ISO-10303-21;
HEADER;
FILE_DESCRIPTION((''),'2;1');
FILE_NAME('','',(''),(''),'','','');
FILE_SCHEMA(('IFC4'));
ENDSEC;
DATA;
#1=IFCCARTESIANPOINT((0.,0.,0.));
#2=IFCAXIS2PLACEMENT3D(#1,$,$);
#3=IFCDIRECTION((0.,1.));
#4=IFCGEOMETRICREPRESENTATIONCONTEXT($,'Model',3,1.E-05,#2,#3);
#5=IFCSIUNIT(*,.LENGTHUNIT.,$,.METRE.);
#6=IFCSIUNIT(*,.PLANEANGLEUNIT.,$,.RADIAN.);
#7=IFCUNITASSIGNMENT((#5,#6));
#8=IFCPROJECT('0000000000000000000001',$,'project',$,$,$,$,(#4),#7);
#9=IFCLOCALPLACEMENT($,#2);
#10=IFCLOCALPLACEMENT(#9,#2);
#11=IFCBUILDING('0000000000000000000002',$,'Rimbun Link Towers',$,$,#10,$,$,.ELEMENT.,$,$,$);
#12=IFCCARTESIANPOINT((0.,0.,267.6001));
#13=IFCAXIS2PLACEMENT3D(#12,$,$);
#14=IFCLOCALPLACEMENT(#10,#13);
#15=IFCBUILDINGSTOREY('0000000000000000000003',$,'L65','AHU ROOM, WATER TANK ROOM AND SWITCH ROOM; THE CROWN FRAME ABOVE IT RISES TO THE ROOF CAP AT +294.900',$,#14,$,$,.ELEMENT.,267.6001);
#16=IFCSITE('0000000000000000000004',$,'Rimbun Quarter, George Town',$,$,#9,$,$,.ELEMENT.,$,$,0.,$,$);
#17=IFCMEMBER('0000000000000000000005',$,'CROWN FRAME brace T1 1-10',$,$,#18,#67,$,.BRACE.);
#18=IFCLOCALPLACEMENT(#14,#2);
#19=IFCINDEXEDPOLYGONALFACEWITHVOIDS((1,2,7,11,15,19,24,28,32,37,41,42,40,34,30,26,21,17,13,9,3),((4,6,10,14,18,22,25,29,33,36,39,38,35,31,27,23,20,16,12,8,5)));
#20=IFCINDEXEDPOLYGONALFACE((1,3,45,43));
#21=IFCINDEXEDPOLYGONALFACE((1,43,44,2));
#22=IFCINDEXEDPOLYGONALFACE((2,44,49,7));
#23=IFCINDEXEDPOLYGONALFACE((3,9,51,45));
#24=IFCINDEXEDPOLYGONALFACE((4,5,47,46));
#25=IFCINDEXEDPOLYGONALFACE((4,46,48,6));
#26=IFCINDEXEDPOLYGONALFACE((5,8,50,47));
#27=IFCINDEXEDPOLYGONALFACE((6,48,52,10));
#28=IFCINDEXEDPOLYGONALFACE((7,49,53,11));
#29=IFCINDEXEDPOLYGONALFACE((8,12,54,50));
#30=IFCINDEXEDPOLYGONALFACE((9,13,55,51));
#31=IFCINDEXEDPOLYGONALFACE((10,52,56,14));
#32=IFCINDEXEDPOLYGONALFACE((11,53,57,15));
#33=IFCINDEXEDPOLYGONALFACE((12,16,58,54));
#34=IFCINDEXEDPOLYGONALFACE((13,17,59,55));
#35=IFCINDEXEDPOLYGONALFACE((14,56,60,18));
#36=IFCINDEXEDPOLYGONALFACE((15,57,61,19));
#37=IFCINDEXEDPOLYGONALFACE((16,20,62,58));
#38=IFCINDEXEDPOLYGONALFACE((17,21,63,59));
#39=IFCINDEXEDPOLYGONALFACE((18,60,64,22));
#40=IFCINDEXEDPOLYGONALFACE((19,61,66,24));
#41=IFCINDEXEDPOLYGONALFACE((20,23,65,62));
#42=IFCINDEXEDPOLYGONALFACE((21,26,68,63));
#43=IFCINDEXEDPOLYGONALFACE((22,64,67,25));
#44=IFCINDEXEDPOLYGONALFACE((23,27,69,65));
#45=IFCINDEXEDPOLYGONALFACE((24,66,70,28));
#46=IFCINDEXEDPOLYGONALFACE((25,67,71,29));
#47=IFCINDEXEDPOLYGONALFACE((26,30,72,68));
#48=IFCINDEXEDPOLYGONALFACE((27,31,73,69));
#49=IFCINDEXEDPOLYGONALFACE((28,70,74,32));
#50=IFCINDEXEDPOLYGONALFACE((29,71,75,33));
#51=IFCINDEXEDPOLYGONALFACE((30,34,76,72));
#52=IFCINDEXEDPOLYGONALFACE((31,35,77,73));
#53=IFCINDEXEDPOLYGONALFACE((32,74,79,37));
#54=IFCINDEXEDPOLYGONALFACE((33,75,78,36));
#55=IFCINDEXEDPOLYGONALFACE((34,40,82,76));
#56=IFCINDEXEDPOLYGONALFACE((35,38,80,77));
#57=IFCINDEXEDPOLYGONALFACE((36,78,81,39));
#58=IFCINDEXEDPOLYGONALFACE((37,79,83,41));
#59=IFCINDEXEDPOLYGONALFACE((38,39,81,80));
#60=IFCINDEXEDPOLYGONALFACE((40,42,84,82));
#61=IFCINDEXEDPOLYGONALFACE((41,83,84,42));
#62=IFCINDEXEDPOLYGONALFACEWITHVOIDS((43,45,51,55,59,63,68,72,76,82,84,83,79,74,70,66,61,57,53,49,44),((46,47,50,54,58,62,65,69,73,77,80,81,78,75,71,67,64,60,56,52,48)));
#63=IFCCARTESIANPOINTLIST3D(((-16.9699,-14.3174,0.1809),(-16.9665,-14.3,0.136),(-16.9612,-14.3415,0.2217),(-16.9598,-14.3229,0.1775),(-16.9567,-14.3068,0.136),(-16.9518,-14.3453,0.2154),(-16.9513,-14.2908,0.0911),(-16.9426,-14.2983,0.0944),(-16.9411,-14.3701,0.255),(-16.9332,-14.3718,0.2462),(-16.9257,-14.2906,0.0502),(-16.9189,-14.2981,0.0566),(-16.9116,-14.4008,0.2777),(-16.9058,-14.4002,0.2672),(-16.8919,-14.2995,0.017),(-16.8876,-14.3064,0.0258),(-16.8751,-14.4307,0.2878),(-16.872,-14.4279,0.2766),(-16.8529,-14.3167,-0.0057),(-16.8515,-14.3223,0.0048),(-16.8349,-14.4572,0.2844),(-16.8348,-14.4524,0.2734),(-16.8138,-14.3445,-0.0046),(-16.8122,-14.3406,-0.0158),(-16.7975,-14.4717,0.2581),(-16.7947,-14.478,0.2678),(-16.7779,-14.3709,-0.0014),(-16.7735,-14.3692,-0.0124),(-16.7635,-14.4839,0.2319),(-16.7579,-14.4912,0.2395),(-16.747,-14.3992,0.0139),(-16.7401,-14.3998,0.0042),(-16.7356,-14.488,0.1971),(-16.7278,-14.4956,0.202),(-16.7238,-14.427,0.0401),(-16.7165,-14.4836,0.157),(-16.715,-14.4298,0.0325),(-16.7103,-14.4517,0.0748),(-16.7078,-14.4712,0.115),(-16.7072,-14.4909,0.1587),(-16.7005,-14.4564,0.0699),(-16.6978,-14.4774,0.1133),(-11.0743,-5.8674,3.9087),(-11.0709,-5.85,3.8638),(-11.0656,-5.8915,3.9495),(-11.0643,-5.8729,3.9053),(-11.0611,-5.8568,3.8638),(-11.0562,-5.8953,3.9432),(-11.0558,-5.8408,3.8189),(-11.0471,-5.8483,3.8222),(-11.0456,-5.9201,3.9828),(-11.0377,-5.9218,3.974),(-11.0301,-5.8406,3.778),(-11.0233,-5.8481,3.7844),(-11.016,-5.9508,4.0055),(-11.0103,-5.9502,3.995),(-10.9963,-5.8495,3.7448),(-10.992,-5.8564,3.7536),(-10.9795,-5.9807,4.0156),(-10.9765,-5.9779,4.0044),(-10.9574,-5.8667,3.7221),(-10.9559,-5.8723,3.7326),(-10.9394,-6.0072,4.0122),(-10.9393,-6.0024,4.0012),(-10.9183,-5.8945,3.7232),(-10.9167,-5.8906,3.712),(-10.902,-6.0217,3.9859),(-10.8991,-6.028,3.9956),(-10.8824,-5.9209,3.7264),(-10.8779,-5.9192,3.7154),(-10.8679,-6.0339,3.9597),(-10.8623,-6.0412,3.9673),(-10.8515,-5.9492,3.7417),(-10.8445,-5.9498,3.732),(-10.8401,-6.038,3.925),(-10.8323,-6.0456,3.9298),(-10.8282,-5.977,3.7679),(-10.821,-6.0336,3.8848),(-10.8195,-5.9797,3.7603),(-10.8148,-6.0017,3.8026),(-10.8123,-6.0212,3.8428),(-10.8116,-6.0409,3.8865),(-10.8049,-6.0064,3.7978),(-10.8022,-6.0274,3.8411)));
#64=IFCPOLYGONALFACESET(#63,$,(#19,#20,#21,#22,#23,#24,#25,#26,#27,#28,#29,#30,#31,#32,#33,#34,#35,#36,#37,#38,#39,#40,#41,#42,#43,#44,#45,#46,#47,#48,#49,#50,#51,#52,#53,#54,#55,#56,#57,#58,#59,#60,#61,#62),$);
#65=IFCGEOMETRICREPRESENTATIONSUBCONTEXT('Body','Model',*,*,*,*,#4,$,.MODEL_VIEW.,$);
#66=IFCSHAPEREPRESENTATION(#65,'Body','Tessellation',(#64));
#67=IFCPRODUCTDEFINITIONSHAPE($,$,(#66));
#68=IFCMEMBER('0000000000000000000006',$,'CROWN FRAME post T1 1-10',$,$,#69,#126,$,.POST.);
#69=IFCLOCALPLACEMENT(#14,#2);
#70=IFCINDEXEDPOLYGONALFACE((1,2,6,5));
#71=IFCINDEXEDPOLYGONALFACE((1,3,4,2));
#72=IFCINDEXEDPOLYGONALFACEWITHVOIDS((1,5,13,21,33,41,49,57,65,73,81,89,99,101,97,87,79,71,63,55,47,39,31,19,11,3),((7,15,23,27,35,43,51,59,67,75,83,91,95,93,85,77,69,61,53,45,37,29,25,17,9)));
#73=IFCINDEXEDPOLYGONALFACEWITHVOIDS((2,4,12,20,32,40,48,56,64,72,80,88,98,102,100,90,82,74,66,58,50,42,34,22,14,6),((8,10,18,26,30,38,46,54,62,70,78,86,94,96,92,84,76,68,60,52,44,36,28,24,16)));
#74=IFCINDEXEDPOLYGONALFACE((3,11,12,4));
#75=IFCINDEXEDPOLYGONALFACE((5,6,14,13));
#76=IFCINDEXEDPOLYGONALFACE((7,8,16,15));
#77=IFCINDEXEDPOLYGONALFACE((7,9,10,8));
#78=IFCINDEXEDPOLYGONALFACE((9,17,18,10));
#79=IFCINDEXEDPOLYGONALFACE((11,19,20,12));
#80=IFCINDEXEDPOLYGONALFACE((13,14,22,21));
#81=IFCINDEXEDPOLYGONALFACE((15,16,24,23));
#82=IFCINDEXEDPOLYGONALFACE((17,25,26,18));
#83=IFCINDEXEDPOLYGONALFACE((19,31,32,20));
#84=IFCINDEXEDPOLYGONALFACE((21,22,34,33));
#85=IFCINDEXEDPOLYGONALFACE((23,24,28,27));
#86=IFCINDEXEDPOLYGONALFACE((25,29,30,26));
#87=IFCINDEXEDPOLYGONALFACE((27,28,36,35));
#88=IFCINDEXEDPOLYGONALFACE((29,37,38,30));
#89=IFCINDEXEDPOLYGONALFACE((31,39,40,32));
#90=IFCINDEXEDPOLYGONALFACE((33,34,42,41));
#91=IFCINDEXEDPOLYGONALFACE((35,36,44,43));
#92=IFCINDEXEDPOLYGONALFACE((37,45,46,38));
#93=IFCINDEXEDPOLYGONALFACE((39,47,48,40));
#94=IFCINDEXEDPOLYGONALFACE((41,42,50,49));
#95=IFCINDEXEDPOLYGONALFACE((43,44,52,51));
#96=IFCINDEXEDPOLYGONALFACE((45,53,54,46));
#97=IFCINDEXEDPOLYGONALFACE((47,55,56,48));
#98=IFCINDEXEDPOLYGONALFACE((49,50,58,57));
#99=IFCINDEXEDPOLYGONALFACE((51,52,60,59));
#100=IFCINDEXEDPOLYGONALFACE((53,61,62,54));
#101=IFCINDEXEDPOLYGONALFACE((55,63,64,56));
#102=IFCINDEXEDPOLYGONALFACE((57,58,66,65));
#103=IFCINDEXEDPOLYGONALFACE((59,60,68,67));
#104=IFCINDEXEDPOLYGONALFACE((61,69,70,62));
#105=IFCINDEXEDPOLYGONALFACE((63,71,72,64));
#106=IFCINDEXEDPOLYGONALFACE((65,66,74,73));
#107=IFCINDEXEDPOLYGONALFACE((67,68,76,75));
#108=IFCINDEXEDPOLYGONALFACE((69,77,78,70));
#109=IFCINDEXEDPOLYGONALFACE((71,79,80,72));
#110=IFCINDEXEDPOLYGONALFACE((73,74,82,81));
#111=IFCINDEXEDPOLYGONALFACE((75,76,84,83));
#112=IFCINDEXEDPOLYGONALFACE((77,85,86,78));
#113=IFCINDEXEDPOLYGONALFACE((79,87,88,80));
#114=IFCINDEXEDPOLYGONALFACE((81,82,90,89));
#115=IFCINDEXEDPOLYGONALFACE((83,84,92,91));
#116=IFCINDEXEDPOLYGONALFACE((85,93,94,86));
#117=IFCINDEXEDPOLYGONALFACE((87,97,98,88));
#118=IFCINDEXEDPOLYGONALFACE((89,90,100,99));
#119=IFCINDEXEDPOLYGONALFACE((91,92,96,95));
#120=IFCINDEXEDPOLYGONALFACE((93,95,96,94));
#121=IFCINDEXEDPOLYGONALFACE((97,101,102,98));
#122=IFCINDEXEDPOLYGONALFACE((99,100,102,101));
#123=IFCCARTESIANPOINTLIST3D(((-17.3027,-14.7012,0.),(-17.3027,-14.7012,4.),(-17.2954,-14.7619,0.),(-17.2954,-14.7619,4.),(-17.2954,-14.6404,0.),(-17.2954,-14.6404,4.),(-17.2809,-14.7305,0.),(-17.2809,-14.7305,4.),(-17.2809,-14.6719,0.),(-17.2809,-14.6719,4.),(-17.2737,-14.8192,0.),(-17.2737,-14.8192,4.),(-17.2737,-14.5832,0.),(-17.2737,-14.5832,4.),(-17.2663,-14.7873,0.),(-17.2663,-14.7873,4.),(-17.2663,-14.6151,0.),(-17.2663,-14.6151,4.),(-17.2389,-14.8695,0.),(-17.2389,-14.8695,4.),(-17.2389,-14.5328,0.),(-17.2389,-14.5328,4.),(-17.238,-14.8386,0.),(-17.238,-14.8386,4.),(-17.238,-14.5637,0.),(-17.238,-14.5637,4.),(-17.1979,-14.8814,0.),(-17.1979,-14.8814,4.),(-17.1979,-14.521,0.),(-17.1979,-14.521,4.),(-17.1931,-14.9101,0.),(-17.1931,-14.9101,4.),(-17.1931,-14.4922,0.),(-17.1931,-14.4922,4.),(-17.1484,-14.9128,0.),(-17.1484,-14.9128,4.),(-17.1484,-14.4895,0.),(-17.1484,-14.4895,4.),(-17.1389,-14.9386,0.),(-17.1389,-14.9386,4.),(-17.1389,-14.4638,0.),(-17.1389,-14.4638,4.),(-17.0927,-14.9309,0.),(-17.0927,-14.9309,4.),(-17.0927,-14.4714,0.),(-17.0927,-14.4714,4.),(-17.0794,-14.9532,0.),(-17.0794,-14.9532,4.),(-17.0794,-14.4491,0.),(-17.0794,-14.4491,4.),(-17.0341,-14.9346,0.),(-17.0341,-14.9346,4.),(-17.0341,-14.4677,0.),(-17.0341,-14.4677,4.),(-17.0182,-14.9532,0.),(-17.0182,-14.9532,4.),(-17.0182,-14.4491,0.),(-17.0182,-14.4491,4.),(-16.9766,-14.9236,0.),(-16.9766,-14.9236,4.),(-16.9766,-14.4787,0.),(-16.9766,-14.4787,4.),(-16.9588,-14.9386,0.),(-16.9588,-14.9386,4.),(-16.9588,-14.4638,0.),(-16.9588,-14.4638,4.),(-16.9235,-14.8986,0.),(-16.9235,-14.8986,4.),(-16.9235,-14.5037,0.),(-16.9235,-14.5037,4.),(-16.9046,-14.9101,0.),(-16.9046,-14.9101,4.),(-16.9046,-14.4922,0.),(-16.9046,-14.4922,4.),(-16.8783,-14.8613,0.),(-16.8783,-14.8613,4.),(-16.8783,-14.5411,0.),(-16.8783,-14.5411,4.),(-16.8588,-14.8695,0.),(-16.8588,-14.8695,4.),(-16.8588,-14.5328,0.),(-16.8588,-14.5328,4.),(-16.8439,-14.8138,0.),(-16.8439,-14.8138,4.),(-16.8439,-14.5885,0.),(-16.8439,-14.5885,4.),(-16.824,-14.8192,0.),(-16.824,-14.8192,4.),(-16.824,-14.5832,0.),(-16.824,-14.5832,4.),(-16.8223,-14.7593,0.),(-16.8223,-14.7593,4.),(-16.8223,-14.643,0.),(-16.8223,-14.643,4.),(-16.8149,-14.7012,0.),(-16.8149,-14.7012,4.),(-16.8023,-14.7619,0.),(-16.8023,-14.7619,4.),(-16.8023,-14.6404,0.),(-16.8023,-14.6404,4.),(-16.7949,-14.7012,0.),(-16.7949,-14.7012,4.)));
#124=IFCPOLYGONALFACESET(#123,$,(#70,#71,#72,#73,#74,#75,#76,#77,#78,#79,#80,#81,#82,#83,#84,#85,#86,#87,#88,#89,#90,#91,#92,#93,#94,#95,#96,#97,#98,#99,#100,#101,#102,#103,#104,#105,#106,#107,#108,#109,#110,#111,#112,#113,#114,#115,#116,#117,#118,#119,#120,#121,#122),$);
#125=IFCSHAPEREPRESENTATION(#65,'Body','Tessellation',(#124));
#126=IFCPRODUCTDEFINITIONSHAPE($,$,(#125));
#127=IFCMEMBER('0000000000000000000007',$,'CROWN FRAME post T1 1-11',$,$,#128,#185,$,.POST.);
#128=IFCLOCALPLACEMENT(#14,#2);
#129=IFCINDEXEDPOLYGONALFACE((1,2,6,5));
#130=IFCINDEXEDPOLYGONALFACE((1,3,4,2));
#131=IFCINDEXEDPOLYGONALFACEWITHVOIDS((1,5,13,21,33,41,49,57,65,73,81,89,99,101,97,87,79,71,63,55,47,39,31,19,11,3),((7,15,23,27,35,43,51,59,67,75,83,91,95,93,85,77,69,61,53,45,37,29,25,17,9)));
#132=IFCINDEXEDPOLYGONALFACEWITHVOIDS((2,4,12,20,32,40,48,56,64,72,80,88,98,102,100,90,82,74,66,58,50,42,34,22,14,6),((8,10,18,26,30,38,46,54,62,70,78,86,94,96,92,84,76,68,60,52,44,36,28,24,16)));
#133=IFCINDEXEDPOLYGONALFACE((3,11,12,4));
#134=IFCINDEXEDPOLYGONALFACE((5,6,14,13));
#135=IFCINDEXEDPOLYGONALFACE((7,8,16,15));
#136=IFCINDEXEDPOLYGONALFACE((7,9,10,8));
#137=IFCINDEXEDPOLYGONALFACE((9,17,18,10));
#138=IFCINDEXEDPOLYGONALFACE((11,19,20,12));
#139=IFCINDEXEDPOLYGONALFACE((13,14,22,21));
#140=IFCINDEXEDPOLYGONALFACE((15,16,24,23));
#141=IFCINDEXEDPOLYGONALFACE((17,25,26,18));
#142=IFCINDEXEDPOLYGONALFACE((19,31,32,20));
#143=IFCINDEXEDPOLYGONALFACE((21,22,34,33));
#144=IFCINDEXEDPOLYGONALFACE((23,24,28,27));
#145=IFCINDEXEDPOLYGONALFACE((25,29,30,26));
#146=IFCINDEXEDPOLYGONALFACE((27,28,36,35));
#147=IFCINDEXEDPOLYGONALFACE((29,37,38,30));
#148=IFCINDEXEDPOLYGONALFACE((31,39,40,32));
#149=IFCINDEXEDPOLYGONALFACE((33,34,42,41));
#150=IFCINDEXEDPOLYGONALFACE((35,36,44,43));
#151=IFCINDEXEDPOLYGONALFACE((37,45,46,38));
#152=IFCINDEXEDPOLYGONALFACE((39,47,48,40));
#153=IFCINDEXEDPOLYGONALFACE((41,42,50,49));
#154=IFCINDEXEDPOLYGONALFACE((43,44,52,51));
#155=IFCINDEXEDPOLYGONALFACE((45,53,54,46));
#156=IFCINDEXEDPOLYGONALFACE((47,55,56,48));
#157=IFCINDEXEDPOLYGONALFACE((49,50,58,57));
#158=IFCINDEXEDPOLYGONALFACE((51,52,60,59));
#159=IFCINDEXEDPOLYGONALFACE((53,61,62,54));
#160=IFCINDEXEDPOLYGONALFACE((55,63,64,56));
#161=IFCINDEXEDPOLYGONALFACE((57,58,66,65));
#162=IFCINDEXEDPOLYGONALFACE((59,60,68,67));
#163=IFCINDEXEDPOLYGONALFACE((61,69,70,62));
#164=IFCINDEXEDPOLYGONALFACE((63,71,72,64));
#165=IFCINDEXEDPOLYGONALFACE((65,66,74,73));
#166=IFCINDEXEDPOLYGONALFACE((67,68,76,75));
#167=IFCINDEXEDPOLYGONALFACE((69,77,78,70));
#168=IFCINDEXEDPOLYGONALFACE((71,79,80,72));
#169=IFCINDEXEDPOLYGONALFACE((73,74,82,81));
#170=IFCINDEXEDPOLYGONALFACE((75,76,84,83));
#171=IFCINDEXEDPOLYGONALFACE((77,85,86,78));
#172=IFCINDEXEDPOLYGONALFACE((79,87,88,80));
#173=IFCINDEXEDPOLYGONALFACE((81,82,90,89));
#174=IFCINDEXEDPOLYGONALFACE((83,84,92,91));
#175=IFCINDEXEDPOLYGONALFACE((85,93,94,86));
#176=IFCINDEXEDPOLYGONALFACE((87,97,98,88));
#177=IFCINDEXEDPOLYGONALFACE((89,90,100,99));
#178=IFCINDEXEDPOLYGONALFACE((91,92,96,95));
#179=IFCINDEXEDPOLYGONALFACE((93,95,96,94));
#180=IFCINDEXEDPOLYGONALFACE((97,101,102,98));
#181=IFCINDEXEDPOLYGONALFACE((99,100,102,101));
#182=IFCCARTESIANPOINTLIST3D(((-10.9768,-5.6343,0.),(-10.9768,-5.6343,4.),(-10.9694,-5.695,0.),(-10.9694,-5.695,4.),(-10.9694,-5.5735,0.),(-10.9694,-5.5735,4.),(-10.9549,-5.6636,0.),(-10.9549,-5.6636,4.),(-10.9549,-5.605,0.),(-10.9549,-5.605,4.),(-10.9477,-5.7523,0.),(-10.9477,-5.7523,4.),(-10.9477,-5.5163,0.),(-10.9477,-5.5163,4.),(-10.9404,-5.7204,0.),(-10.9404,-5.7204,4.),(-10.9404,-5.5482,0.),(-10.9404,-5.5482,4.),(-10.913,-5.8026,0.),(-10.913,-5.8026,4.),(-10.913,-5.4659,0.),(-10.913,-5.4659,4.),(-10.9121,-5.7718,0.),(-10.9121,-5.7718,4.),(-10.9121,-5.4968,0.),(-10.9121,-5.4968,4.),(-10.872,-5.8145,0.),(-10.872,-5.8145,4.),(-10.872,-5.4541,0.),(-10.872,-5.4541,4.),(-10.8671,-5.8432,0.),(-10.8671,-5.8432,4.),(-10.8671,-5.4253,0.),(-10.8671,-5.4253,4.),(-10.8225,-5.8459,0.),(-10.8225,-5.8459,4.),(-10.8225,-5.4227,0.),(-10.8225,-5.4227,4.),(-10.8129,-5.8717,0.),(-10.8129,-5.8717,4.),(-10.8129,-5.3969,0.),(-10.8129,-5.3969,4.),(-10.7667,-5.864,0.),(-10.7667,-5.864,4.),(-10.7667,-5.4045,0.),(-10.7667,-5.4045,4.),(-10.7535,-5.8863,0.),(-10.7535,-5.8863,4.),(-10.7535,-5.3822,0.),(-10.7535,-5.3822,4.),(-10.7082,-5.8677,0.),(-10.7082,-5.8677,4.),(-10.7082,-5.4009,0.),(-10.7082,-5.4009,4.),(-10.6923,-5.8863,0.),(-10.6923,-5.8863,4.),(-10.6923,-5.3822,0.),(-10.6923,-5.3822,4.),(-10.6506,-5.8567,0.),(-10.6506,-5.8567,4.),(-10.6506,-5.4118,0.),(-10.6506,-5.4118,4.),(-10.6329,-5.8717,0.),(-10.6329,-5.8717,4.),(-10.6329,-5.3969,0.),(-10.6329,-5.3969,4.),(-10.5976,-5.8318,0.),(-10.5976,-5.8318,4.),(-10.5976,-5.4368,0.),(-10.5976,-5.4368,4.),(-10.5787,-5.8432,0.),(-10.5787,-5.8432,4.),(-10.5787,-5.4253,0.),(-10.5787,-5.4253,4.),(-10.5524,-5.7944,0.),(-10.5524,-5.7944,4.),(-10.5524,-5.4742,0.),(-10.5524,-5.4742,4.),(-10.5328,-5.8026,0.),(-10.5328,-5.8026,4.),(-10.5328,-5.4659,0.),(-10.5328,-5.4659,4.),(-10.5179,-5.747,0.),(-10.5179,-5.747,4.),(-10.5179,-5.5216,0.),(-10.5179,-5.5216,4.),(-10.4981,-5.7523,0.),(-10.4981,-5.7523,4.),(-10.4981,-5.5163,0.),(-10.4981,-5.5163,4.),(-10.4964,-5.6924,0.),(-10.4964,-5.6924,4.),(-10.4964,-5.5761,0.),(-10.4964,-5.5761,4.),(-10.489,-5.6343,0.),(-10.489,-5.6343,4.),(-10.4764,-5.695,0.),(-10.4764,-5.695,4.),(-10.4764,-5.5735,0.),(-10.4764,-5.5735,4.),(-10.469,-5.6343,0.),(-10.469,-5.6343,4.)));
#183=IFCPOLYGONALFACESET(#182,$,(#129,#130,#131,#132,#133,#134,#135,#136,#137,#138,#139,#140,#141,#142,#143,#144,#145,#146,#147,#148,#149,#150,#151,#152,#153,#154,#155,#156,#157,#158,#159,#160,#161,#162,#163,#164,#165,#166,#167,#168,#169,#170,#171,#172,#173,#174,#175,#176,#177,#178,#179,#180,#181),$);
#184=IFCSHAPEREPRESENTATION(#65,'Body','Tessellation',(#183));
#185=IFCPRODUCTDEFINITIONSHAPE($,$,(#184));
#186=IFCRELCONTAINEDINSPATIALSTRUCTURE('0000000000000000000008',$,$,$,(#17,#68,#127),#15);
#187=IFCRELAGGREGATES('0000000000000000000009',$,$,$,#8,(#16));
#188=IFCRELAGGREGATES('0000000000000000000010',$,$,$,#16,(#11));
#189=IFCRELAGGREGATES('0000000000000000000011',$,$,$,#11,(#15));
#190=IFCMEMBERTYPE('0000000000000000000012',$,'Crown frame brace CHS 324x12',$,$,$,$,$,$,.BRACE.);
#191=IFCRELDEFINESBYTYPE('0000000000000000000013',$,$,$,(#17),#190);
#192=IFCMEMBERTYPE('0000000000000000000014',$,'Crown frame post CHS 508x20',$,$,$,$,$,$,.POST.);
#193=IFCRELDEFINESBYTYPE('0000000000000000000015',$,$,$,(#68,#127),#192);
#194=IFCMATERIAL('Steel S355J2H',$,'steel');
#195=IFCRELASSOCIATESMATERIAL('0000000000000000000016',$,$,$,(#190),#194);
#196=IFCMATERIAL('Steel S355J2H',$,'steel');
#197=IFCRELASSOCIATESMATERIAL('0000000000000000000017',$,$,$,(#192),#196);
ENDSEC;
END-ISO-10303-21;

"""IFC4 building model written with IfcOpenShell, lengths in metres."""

from ifc_helpers import new_model, si_unit, direction, frame, origin, origin_2d, place, context, subcontext, project, spatial, hollow_circle, extrude, material, material_profile, profile_set, type_object, element, save


model = new_model("IFC4")

# Units and contexts
model_context = context("Model", 3, precision=1e-05, world=origin(), true_north=direction((0.0, 1.0)))
body_context = subcontext(model_context, "Body", "Model", "MODEL_VIEW")
ifc_project = project(units=[si_unit("LENGTHUNIT", "METRE"), si_unit("PLANEANGLEUNIT", "RADIAN")], contexts=[model_context])

# Site, building, storey
site_placement = place(None, origin())
site = spatial("IfcSite", under=ifc_project, at=site_placement, Name="Rimbun Quarter, George Town", CompositionType="ELEMENT", RefElevation=0.0)
building_placement = place(site_placement, origin())
building = spatial("IfcBuilding", under=site, at=building_placement, Name="Rimbun Link Towers", CompositionType="ELEMENT")
storey_placement = place(building_placement, frame((0.0, 0.0, 267.6001)))
storey = spatial("IfcBuildingStorey", under=building, at=storey_placement, Name="L65", Description="AHU ROOM, WATER TANK ROOM AND SWITCH ROOM; THE CROWN FRAME ABOVE IT RISES TO THE ROOF CAP AT +294.900", CompositionType="ELEMENT", Elevation=267.6001)

# Members
ifc_material_1 = material(Name="Steel S355J2H", Category="steel")
ifc_material_profile_1 = material_profile(ifc_material_1, hollow_circle(Radius=0.1619, WallThickness=0.012, at=origin_2d()), Name="Crown frame brace CHS 324x12")
ifc_profile_set_1 = profile_set([ifc_material_profile_1], Name="Steel S355J2H")
member_type_1 = type_object("IfcMemberType", Name="Crown frame brace CHS 324x12", PredefinedType="BRACE", material=ifc_profile_set_1)
member_1_placement = place(storey_placement, frame((-16.8337, -14.3926, 0.136), z_axis=(0.53806, 0.771195, 0.34022), x_axis=(-0.820118, 0.572194, 0.0)))
element("IfcMember", 1, at=member_1_placement, inside=storey, type_object=member_type_1, Name="CROWN FRAME brace T1 1-10", PredefinedType="BRACE", context=body_context, shape_type="SweptSolid", body=[
    extrude(hollow_circle(Radius=0.1619, WallThickness=0.012, at=origin_2d()), origin(), (0.0, 0.0, 1.0), 10.957),
])
ifc_material_2 = material(Name="Steel S355J2H", Category="steel")
ifc_material_profile_2 = material_profile(ifc_material_2, hollow_circle(Radius=0.2539, WallThickness=0.02, at=origin_2d()), Name="Crown frame post CHS 508x20")
ifc_profile_set_2 = profile_set([ifc_material_profile_2], Name="Steel S355J2H")
member_type_2 = type_object("IfcMemberType", Name="Crown frame post CHS 508x20", PredefinedType="POST", material=ifc_profile_set_2)
for number, where, z_axis, x_axis, name in (
    (2, (-17.0488, -14.7012, 0.0), (0.0, 0.0, 1.0), (1.0, 0.0, 0.0), "CROWN FRAME post T1 1-10"),
    (3, (-10.7229, -5.6343, 0.0), (0.0, 0.0, 1.0), (1.0, 0.0, 0.0), "CROWN FRAME post T1 1-11"),
):
    element("IfcMember", number, at=place(storey_placement, frame(where, z_axis=z_axis, x_axis=x_axis)), inside=storey, type_object=member_type_2, Name=name, PredefinedType="POST", context=body_context, shape_type="SweptSolid", body=[
        extrude(hollow_circle(Radius=0.2539, WallThickness=0.02, at=origin_2d()), origin(), (0.0, 0.0, 1.0), 4.0),
    ])

save(model, "model.ifc")
